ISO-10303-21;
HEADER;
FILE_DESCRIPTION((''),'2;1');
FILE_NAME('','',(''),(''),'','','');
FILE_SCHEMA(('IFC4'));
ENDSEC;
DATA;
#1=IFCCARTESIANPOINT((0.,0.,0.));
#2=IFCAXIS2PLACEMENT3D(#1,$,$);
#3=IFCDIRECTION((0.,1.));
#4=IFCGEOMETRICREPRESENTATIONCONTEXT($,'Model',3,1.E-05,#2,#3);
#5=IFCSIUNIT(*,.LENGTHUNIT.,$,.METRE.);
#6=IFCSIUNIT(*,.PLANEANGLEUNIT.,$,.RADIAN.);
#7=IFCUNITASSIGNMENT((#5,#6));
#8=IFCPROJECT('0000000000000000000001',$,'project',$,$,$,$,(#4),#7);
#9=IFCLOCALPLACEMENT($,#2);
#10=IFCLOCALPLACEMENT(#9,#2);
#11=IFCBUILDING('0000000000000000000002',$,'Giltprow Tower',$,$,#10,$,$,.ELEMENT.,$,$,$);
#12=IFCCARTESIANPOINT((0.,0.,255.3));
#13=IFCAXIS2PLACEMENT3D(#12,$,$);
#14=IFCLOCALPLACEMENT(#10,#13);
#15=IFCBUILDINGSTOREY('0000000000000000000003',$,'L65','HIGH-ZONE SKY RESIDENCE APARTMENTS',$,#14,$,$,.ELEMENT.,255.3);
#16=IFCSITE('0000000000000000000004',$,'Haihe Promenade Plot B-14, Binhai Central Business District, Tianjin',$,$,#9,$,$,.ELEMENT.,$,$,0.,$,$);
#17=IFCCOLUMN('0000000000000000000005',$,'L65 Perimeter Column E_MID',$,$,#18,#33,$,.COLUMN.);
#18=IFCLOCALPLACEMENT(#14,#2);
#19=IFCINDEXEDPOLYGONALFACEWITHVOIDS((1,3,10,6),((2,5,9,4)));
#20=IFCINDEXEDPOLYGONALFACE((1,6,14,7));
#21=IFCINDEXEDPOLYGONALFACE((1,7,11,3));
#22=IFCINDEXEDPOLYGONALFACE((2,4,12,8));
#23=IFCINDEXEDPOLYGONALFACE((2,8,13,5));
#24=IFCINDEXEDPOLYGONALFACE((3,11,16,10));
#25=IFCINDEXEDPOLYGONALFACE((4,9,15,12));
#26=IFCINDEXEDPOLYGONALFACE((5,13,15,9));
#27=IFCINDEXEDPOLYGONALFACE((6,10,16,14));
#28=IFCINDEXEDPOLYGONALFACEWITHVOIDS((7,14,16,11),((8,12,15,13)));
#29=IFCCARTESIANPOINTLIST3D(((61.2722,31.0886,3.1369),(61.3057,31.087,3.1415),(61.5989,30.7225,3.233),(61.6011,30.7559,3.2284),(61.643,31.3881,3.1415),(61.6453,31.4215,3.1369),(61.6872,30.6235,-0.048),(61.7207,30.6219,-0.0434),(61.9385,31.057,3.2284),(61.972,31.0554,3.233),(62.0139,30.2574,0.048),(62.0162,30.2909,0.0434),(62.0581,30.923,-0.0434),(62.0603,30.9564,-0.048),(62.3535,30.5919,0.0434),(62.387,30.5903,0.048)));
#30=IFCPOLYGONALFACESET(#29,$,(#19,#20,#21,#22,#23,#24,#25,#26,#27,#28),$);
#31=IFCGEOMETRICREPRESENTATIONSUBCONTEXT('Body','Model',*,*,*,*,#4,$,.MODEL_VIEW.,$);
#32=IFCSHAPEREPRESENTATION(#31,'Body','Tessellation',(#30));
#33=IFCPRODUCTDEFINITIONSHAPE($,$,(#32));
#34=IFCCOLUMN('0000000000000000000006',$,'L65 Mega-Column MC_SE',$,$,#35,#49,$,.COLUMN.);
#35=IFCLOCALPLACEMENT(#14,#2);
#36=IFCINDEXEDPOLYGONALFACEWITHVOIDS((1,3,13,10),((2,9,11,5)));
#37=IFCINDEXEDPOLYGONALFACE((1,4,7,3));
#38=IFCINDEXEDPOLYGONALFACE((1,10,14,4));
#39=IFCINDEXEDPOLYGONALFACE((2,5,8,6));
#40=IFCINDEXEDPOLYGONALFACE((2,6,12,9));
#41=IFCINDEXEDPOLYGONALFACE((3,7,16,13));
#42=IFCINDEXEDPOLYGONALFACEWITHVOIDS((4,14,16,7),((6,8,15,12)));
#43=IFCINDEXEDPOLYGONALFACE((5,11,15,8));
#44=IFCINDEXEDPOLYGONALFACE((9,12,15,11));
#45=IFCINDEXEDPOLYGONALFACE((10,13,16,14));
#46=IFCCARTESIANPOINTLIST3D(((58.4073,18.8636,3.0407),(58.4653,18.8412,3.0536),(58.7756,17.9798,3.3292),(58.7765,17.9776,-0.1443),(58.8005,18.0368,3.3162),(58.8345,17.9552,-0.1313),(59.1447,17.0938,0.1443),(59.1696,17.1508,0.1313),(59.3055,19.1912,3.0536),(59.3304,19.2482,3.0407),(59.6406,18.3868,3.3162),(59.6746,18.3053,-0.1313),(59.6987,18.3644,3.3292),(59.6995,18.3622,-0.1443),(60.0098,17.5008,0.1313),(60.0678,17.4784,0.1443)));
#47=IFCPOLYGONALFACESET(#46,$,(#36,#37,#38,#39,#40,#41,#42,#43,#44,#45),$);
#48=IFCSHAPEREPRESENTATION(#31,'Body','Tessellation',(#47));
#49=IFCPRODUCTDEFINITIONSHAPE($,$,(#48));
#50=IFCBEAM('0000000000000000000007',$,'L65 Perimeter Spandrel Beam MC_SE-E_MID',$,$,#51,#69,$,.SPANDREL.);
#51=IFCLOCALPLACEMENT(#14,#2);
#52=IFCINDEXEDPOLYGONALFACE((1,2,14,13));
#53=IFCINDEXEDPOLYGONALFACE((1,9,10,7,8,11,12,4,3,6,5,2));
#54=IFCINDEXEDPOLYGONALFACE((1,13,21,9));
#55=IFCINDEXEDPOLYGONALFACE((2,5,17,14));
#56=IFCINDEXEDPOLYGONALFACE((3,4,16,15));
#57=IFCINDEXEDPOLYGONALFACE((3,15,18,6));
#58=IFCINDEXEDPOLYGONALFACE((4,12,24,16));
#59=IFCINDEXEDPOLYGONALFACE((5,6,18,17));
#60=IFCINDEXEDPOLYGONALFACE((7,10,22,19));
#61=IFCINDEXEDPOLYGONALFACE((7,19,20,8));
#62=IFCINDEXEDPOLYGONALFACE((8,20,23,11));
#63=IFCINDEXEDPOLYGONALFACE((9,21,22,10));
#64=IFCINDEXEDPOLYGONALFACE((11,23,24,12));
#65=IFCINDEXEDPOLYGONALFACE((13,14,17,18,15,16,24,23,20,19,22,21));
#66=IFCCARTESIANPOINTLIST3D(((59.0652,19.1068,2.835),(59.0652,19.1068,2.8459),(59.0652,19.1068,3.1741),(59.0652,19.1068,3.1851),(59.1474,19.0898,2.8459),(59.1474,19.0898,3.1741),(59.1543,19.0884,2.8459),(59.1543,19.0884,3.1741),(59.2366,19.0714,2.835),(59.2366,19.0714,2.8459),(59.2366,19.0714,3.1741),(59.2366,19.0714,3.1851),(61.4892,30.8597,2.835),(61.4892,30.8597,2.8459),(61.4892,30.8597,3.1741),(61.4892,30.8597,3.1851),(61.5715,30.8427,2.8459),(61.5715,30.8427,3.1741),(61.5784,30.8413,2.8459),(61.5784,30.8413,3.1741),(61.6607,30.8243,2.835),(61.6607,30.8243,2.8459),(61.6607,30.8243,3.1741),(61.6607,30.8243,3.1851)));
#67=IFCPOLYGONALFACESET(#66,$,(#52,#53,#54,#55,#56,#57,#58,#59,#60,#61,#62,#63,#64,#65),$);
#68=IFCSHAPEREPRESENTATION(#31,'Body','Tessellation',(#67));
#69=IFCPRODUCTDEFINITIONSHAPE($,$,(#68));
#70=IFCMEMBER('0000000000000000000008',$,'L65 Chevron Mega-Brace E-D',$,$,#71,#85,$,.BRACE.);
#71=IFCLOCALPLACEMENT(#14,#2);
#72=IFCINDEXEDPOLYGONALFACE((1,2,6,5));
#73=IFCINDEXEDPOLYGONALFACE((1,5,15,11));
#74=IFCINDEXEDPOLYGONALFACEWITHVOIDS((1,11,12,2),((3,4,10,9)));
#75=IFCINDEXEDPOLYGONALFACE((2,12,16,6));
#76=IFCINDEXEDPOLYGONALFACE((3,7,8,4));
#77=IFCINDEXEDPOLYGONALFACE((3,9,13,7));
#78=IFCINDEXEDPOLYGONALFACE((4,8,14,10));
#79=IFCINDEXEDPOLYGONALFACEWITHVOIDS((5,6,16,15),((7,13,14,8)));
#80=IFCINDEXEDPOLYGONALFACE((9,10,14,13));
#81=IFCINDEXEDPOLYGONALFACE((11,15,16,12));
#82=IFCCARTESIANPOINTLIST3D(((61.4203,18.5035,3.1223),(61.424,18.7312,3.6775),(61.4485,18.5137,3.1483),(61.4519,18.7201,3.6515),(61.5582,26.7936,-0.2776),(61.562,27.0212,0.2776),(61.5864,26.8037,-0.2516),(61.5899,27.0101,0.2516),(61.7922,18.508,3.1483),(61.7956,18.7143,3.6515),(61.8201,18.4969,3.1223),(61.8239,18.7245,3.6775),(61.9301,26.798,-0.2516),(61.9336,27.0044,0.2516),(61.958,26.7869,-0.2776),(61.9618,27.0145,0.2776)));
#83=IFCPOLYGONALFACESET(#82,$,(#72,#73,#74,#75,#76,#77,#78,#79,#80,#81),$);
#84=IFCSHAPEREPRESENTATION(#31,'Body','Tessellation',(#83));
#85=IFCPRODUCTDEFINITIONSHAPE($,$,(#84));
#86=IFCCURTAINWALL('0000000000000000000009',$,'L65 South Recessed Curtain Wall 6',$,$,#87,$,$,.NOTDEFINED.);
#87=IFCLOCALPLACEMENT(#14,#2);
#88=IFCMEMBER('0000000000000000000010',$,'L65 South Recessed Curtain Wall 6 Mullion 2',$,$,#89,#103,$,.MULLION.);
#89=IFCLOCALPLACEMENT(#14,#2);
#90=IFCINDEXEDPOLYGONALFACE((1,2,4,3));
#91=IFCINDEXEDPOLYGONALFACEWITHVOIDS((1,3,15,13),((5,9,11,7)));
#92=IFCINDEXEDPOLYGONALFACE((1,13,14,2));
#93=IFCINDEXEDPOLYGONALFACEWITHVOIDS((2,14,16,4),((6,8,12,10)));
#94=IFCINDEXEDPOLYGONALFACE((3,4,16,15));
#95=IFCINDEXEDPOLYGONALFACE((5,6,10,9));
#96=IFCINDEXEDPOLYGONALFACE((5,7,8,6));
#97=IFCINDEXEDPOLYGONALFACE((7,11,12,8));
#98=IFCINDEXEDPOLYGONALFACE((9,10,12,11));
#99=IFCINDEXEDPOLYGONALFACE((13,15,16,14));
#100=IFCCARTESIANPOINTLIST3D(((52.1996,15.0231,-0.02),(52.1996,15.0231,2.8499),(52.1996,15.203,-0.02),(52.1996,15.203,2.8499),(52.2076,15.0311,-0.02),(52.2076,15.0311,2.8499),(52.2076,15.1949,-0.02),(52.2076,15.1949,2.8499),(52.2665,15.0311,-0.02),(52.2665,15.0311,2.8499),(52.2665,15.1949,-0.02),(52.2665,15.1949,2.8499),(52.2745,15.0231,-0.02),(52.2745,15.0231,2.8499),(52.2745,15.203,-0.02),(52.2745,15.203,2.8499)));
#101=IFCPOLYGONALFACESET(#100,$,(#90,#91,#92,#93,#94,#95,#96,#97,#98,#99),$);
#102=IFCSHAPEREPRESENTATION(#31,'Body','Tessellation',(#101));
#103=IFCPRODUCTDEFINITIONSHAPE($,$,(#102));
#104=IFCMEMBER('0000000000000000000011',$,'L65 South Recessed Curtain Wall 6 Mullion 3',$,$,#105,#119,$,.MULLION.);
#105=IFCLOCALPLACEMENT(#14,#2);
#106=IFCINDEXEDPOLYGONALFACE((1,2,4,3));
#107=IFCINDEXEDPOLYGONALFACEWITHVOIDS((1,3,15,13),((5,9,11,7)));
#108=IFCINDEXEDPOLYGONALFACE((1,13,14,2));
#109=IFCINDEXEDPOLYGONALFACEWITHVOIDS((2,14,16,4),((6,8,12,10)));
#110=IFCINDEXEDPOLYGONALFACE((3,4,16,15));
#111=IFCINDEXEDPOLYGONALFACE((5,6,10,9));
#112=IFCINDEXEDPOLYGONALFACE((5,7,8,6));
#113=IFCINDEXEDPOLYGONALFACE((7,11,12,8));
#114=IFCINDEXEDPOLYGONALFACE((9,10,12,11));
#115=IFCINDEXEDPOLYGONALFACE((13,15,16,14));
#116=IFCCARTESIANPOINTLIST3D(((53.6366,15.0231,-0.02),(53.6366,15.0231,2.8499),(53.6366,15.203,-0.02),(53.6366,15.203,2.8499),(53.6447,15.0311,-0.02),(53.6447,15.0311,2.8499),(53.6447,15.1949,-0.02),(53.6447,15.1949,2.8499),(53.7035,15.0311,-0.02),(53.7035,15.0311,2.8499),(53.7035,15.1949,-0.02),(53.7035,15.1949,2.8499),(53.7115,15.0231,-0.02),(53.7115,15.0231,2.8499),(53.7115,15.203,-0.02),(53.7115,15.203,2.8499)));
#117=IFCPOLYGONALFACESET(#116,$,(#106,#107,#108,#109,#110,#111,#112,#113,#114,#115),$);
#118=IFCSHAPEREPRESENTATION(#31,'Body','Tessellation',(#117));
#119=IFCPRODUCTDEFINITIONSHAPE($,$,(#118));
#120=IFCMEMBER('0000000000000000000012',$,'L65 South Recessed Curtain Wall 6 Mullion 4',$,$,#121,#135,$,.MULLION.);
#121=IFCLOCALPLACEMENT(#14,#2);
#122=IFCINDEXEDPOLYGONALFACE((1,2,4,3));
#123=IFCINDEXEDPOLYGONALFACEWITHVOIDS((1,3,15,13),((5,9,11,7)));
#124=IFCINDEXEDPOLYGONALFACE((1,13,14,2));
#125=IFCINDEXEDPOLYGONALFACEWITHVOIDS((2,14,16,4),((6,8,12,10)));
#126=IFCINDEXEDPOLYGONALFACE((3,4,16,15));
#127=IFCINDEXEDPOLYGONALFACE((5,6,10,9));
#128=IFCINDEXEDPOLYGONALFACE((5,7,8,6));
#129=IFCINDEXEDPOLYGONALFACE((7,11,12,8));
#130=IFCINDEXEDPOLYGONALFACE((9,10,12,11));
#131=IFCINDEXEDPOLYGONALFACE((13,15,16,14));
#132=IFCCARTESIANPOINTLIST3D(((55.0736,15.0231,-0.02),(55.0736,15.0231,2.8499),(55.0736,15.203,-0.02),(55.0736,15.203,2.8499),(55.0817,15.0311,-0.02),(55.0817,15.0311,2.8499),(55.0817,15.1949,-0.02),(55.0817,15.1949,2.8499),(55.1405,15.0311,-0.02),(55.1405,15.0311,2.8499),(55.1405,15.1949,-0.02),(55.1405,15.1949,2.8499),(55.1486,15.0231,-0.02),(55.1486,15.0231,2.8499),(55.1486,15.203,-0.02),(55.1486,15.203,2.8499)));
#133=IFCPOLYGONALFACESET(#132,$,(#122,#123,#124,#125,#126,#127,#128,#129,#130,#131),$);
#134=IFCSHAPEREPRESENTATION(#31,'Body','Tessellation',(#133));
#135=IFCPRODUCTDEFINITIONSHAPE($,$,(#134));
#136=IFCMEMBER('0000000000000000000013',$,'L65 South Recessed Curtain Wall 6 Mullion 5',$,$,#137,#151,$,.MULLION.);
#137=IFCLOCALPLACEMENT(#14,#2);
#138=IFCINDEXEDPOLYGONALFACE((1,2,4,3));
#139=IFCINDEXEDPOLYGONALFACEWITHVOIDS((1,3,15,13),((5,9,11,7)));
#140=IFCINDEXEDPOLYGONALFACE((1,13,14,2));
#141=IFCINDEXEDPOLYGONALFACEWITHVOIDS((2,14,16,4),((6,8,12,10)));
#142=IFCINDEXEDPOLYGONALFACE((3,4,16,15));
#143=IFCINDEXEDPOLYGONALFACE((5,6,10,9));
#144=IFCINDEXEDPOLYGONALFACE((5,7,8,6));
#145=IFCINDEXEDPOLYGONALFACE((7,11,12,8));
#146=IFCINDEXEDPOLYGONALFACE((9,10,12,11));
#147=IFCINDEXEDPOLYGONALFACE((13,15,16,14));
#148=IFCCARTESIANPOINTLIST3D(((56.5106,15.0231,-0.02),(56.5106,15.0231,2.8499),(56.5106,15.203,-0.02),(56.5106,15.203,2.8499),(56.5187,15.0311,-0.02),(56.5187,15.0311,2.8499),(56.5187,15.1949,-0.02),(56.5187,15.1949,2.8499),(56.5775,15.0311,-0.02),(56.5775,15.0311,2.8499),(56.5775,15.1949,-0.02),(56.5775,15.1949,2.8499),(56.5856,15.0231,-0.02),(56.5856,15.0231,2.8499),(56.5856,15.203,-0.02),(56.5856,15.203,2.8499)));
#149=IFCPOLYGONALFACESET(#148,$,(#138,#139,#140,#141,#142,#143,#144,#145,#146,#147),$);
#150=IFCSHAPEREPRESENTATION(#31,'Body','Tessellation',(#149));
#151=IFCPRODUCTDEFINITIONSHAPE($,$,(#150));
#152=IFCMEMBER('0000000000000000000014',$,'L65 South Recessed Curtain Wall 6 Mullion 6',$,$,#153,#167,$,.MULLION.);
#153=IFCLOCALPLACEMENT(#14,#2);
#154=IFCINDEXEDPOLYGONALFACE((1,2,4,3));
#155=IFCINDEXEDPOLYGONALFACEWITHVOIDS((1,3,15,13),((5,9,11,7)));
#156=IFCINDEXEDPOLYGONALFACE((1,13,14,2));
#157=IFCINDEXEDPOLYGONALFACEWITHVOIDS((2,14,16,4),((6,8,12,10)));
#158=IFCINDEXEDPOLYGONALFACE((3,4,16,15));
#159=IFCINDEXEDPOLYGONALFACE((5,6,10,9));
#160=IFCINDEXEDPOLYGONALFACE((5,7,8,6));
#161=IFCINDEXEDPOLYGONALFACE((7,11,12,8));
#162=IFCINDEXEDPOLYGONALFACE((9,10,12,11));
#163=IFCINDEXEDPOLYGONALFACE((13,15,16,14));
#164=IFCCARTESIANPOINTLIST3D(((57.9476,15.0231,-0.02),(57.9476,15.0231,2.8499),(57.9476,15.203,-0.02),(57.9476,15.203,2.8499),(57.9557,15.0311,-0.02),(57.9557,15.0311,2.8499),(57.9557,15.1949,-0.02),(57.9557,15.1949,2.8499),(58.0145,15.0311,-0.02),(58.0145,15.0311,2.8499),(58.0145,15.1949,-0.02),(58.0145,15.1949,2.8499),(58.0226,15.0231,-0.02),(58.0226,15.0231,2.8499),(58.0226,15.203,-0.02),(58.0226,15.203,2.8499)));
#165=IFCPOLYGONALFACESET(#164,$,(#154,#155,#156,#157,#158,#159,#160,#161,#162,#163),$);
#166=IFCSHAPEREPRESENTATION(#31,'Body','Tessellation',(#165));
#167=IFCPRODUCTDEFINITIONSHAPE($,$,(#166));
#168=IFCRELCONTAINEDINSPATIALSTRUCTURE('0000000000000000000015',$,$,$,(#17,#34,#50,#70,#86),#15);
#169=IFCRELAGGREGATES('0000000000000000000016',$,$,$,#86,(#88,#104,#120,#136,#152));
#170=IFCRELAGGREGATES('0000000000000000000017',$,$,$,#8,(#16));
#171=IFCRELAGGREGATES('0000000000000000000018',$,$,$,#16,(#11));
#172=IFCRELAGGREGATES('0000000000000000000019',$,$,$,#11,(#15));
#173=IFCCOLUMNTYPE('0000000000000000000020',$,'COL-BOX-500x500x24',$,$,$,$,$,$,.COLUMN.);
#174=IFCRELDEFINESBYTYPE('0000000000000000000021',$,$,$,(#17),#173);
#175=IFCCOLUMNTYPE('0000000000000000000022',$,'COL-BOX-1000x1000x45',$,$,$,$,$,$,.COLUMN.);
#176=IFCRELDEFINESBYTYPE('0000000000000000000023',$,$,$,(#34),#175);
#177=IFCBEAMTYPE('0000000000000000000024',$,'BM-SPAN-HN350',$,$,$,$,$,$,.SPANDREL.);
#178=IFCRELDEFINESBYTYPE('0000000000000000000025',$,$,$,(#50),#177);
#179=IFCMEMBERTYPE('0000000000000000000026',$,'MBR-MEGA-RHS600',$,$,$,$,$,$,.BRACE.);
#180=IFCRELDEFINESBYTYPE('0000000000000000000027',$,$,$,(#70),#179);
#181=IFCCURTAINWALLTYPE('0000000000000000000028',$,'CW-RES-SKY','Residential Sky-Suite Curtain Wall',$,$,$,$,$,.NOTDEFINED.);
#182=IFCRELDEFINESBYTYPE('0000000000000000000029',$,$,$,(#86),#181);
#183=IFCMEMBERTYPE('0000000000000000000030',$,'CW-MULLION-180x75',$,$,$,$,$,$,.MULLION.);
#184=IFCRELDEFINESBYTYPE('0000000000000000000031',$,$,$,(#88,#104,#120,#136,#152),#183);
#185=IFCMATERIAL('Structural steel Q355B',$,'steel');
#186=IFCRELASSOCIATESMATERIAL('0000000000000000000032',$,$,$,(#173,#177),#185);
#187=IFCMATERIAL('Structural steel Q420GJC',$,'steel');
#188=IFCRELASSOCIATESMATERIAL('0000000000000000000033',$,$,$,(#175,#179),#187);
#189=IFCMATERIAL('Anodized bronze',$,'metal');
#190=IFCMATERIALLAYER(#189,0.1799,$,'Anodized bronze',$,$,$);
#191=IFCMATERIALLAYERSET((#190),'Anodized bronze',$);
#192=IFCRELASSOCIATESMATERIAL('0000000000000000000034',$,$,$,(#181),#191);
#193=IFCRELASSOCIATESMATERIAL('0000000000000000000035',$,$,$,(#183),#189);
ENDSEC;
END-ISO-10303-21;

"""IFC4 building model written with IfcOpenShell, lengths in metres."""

from ifc_helpers import new_model, si_unit, direction, frame, origin, origin_2d, place, context, subcontext, project, spatial, hollow_rectangle, i_section, extrude, source, transform, mapped, material, layer, layer_set, material_profile, profile_set, type_object, element, aggregate, save


model = new_model("IFC4")

# Units and contexts
model_context = context("Model", 3, precision=1e-05, world=origin(), true_north=direction((0.0, 1.0)))
body_context = subcontext(model_context, "Body", "Model", "MODEL_VIEW")
ifc_project = project(units=[si_unit("LENGTHUNIT", "METRE"), si_unit("PLANEANGLEUNIT", "RADIAN")], contexts=[model_context])

# Site, building, storey
site_placement = place(None, origin())
site = spatial("IfcSite", under=ifc_project, at=site_placement, Name="Haihe Promenade Plot B-14, Binhai Central Business District, Tianjin", CompositionType="ELEMENT", RefElevation=0.0)
building_placement = place(site_placement, origin())
building = spatial("IfcBuilding", under=site, at=building_placement, Name="Giltprow Tower", CompositionType="ELEMENT")
storey_placement = place(building_placement, frame((0.0, 0.0, 255.3)))
storey = spatial("IfcBuildingStorey", under=building, at=storey_placement, Name="L65", Description="HIGH-ZONE SKY RESIDENCE APARTMENTS", CompositionType="ELEMENT", Elevation=255.3)

# Columns
ifc_material_1 = material(Name="Structural steel Q355B", Category="steel")
ifc_material_profile_1 = material_profile(ifc_material_1, hollow_rectangle(XDim=0.5, YDim=0.5, WallThickness=0.0239, at=origin_2d()), Name="BOX 500x500x24")
ifc_profile_set_1 = profile_set([ifc_material_profile_1], Name="Structural steel Q355B")
column_type_1 = type_object("IfcColumnType", Name="COL-BOX-500x500x24", PredefinedType="COLUMN", material=ifc_profile_set_1)
shared_shape_1 = source(origin(), body_context, "Body", "SweptSolid", [
    extrude(hollow_rectangle(XDim=0.5, YDim=0.5, WallThickness=0.0239, at=origin_2d()), origin(), (0.0, 0.0, 1.0), 3.2454),
])
column_1_placement = place(storey_placement, frame((62.0371, 30.6069, 0.0), z_axis=(-0.127882, 0.143303, 0.981382), x_axis=(-0.746111, -0.665821, 0.0)))
element("IfcColumn", 1, at=column_1_placement, inside=storey, type_object=column_type_1, Name="L65 Perimeter Column E_MID", PredefinedType="COLUMN", context=body_context, shape_type="MappedRepresentation", body=[
    mapped(shared_shape_1, transform((0.0, 0.0, 0.0), x_axis=(1.0, 0.0, 0.0), y_axis=(0.0, 1.0, 0.0), z_axis=(0.0, 0.0, 1.0), scale=1.0)),
])
ifc_material_2 = material(Name="Structural steel Q420GJC", Category="steel")
ifc_material_profile_2 = material_profile(ifc_material_2, hollow_rectangle(XDim=1.0, YDim=1.0, WallThickness=0.0449, at=origin_2d()), Name="BOX 1000x1000x45")
ifc_profile_set_2 = profile_set([ifc_material_profile_2], Name="Structural steel Q420GJC")
column_type_2 = type_object("IfcColumnType", Name="COL-BOX-1000x1000x45", PredefinedType="COLUMN", material=ifc_profile_set_2)
shared_shape_2 = source(origin(), body_context, "Body", "SweptSolid", [
    extrude(hollow_rectangle(XDim=1.0, YDim=1.0, WallThickness=0.0449, at=origin_2d()), origin(), (0.0, 0.0, 1.0), 3.3264),
])
column_2_placement = place(storey_placement, frame((59.4221, 17.728, 0.0), z_axis=(-0.110969, 0.266339, 0.95747), x_axis=(-0.923084, -0.384597, 0.0)))
element("IfcColumn", 2, at=column_2_placement, inside=storey, type_object=column_type_2, Name="L65 Mega-Column MC_SE", PredefinedType="COLUMN", context=body_context, shape_type="MappedRepresentation", body=[
    mapped(shared_shape_2, transform((0.0, 0.0, 0.0), x_axis=(1.0, 0.0, 0.0), y_axis=(0.0, 1.0, 0.0), z_axis=(0.0, 0.0, 1.0), scale=1.0)),
])

# Beam
ifc_material_profile_3 = material_profile(ifc_material_1, i_section(OverallWidth=0.175, OverallDepth=0.3501, WebThickness=0.0071, FlangeThickness=0.011, at=origin_2d()), Name="HN 350x175x7x11")
ifc_profile_set_3 = profile_set([ifc_material_profile_3], Name="Structural steel Q355B")
beam_type = type_object("IfcBeamType", Name="BM-SPAN-HN350", PredefinedType="SPANDREL", material=ifc_profile_set_3)
shared_shape_3 = source(origin(), body_context, "Body", "SweptSolid", [
    extrude(i_section(OverallWidth=0.175, OverallDepth=0.3501, WebThickness=0.0071, FlangeThickness=0.011, at=origin_2d()), origin(), (0.0, 0.0, 1.0), 12.0002),
])
beam_placement = place(storey_placement, frame((59.1509, 19.0891, 3.01), z_axis=(0.202001, 0.979385, 0.0), x_axis=(-0.979385, 0.202001, 0.0)))
element("IfcBeam", 3, at=beam_placement, inside=storey, type_object=beam_type, Name="L65 Perimeter Spandrel Beam MC_SE-E_MID", PredefinedType="SPANDREL", context=body_context, shape_type="MappedRepresentation", body=[
    mapped(shared_shape_3, transform((0.0, 0.0, 0.0), x_axis=(1.0, 0.0, 0.0), y_axis=(0.0, 1.0, 0.0), z_axis=(0.0, 0.0, 1.0), scale=1.0)),
])

# Member
ifc_material_profile_4 = material_profile(ifc_material_2, hollow_rectangle(XDim=0.3999, YDim=0.6001, WallThickness=0.0281, at=origin_2d()), Name="RHS 600x400x28")
ifc_profile_set_4 = profile_set([ifc_material_profile_4], Name="Structural steel Q420GJC")
member_type_1 = type_object("IfcMemberType", Name="MBR-MEGA-RHS600", PredefinedType="BRACE", material=ifc_profile_set_4)
shared_shape_4 = source(origin(), body_context, "Body", "SweptSolid", [
    extrude(hollow_rectangle(XDim=0.3999, YDim=0.6001, WallThickness=0.0281, at=origin_2d()), origin(), (0.0, 0.0, 1.0), 8.9612),
])
member_1_placement = place(storey_placement, frame((61.76, 26.9041, 0.0), z_axis=(-0.015393, -0.925104, 0.379403), x_axis=(0.999862, -0.016637, 0.0)))
element("IfcMember", 4, at=member_1_placement, inside=storey, type_object=member_type_1, Name="L65 Chevron Mega-Brace E-D", PredefinedType="BRACE", context=body_context, shape_type="MappedRepresentation", body=[
    mapped(shared_shape_4, transform((0.0, 0.0, 0.0), x_axis=(1.0, 0.0, 0.0), y_axis=(0.0, 1.0, 0.0), z_axis=(0.0, 0.0, 1.0), scale=1.0)),
])

# Curtain wall, members
ifc_material_3 = material(Name="Anodized bronze", Category="metal")
ifc_layer_1 = layer(ifc_material_3, 0.1799, Name="Anodized bronze")
ifc_layer_set_1 = layer_set([ifc_layer_1], Name="Anodized bronze")
curtain_wall_type = type_object("IfcCurtainWallType", Name="CW-RES-SKY", Description="Residential Sky-Suite Curtain Wall", PredefinedType="NOTDEFINED", material=ifc_layer_set_1)
curtain_wall_placement = place(storey_placement, origin())
curtain_wall = element("IfcCurtainWall", 5, at=curtain_wall_placement, inside=storey, type_object=curtain_wall_type, Name="L65 South Recessed Curtain Wall 6", PredefinedType="NOTDEFINED")
ifc_material_profile_5 = material_profile(ifc_material_3, hollow_rectangle(XDim=0.075, YDim=0.1799, WallThickness=0.0081, at=origin_2d()), Name="RHS 180x75x8")
ifc_profile_set_5 = profile_set([ifc_material_profile_5], Name="Anodized bronze")
member_type_2 = type_object("IfcMemberType", Name="CW-MULLION-180x75", PredefinedType="MULLION", material=ifc_profile_set_5)
shared_shape_5 = source(origin(), body_context, "Body", "SweptSolid", [
    extrude(hollow_rectangle(XDim=0.075, YDim=0.1799, WallThickness=0.0081, at=origin_2d()), origin(), (0.0, 0.0, 1.0), 2.8699),
])
member_2_placement = place(storey_placement, frame((52.2371, 15.113, -0.02), z_axis=(0.0, 0.0, 1.0), x_axis=(1.0, 0.0, 0.0)))
member_2 = element("IfcMember", 6, at=member_2_placement, type_object=member_type_2, Name="L65 South Recessed Curtain Wall 6 Mullion 2", PredefinedType="MULLION", context=body_context, shape_type="MappedRepresentation", body=[
    mapped(shared_shape_5, transform((0.0, 0.0, 0.0), x_axis=(1.0, 0.0, 0.0), y_axis=(0.0, 1.0, 0.0), z_axis=(0.0, 0.0, 1.0), scale=1.0)),
])
member_3_placement = place(storey_placement, frame((53.6741, 15.113, -0.02), z_axis=(0.0, 0.0, 1.0), x_axis=(1.0, 0.0, 0.0)))
member_3 = element("IfcMember", 7, at=member_3_placement, type_object=member_type_2, Name="L65 South Recessed Curtain Wall 6 Mullion 3", PredefinedType="MULLION", context=body_context, shape_type="MappedRepresentation", body=[
    mapped(shared_shape_5, transform((0.0, 0.0, 0.0), x_axis=(1.0, 0.0, 0.0), y_axis=(0.0, 1.0, 0.0), z_axis=(0.0, 0.0, 1.0), scale=1.0)),
])
member_4_placement = place(storey_placement, frame((55.1111, 15.113, -0.02), z_axis=(0.0, 0.0, 1.0), x_axis=(1.0, 0.0, 0.0)))
member_4 = element("IfcMember", 8, at=member_4_placement, type_object=member_type_2, Name="L65 South Recessed Curtain Wall 6 Mullion 4", PredefinedType="MULLION", context=body_context, shape_type="MappedRepresentation", body=[
    mapped(shared_shape_5, transform((0.0, 0.0, 0.0), x_axis=(1.0, 0.0, 0.0), y_axis=(0.0, 1.0, 0.0), z_axis=(0.0, 0.0, 1.0), scale=1.0)),
])
member_5_placement = place(storey_placement, frame((56.5481, 15.113, -0.02), z_axis=(0.0, 0.0, 1.0), x_axis=(1.0, 0.0, 0.0)))
member_5 = element("IfcMember", 9, at=member_5_placement, type_object=member_type_2, Name="L65 South Recessed Curtain Wall 6 Mullion 5", PredefinedType="MULLION", context=body_context, shape_type="MappedRepresentation", body=[
    mapped(shared_shape_5, transform((0.0, 0.0, 0.0), x_axis=(1.0, 0.0, 0.0), y_axis=(0.0, 1.0, 0.0), z_axis=(0.0, 0.0, 1.0), scale=1.0)),
])
member_6_placement = place(storey_placement, frame((57.9851, 15.113, -0.02), z_axis=(0.0, 0.0, 1.0), x_axis=(1.0, 0.0, 0.0)))
member_6 = element("IfcMember", 10, at=member_6_placement, type_object=member_type_2, Name="L65 South Recessed Curtain Wall 6 Mullion 6", PredefinedType="MULLION", context=body_context, shape_type="MappedRepresentation", body=[
    mapped(shared_shape_5, transform((0.0, 0.0, 0.0), x_axis=(1.0, 0.0, 0.0), y_axis=(0.0, 1.0, 0.0), z_axis=(0.0, 0.0, 1.0), scale=1.0)),
])

aggregate(curtain_wall, [member_2, member_3, member_4, member_5, member_6])

save(model, "model.ifc")
